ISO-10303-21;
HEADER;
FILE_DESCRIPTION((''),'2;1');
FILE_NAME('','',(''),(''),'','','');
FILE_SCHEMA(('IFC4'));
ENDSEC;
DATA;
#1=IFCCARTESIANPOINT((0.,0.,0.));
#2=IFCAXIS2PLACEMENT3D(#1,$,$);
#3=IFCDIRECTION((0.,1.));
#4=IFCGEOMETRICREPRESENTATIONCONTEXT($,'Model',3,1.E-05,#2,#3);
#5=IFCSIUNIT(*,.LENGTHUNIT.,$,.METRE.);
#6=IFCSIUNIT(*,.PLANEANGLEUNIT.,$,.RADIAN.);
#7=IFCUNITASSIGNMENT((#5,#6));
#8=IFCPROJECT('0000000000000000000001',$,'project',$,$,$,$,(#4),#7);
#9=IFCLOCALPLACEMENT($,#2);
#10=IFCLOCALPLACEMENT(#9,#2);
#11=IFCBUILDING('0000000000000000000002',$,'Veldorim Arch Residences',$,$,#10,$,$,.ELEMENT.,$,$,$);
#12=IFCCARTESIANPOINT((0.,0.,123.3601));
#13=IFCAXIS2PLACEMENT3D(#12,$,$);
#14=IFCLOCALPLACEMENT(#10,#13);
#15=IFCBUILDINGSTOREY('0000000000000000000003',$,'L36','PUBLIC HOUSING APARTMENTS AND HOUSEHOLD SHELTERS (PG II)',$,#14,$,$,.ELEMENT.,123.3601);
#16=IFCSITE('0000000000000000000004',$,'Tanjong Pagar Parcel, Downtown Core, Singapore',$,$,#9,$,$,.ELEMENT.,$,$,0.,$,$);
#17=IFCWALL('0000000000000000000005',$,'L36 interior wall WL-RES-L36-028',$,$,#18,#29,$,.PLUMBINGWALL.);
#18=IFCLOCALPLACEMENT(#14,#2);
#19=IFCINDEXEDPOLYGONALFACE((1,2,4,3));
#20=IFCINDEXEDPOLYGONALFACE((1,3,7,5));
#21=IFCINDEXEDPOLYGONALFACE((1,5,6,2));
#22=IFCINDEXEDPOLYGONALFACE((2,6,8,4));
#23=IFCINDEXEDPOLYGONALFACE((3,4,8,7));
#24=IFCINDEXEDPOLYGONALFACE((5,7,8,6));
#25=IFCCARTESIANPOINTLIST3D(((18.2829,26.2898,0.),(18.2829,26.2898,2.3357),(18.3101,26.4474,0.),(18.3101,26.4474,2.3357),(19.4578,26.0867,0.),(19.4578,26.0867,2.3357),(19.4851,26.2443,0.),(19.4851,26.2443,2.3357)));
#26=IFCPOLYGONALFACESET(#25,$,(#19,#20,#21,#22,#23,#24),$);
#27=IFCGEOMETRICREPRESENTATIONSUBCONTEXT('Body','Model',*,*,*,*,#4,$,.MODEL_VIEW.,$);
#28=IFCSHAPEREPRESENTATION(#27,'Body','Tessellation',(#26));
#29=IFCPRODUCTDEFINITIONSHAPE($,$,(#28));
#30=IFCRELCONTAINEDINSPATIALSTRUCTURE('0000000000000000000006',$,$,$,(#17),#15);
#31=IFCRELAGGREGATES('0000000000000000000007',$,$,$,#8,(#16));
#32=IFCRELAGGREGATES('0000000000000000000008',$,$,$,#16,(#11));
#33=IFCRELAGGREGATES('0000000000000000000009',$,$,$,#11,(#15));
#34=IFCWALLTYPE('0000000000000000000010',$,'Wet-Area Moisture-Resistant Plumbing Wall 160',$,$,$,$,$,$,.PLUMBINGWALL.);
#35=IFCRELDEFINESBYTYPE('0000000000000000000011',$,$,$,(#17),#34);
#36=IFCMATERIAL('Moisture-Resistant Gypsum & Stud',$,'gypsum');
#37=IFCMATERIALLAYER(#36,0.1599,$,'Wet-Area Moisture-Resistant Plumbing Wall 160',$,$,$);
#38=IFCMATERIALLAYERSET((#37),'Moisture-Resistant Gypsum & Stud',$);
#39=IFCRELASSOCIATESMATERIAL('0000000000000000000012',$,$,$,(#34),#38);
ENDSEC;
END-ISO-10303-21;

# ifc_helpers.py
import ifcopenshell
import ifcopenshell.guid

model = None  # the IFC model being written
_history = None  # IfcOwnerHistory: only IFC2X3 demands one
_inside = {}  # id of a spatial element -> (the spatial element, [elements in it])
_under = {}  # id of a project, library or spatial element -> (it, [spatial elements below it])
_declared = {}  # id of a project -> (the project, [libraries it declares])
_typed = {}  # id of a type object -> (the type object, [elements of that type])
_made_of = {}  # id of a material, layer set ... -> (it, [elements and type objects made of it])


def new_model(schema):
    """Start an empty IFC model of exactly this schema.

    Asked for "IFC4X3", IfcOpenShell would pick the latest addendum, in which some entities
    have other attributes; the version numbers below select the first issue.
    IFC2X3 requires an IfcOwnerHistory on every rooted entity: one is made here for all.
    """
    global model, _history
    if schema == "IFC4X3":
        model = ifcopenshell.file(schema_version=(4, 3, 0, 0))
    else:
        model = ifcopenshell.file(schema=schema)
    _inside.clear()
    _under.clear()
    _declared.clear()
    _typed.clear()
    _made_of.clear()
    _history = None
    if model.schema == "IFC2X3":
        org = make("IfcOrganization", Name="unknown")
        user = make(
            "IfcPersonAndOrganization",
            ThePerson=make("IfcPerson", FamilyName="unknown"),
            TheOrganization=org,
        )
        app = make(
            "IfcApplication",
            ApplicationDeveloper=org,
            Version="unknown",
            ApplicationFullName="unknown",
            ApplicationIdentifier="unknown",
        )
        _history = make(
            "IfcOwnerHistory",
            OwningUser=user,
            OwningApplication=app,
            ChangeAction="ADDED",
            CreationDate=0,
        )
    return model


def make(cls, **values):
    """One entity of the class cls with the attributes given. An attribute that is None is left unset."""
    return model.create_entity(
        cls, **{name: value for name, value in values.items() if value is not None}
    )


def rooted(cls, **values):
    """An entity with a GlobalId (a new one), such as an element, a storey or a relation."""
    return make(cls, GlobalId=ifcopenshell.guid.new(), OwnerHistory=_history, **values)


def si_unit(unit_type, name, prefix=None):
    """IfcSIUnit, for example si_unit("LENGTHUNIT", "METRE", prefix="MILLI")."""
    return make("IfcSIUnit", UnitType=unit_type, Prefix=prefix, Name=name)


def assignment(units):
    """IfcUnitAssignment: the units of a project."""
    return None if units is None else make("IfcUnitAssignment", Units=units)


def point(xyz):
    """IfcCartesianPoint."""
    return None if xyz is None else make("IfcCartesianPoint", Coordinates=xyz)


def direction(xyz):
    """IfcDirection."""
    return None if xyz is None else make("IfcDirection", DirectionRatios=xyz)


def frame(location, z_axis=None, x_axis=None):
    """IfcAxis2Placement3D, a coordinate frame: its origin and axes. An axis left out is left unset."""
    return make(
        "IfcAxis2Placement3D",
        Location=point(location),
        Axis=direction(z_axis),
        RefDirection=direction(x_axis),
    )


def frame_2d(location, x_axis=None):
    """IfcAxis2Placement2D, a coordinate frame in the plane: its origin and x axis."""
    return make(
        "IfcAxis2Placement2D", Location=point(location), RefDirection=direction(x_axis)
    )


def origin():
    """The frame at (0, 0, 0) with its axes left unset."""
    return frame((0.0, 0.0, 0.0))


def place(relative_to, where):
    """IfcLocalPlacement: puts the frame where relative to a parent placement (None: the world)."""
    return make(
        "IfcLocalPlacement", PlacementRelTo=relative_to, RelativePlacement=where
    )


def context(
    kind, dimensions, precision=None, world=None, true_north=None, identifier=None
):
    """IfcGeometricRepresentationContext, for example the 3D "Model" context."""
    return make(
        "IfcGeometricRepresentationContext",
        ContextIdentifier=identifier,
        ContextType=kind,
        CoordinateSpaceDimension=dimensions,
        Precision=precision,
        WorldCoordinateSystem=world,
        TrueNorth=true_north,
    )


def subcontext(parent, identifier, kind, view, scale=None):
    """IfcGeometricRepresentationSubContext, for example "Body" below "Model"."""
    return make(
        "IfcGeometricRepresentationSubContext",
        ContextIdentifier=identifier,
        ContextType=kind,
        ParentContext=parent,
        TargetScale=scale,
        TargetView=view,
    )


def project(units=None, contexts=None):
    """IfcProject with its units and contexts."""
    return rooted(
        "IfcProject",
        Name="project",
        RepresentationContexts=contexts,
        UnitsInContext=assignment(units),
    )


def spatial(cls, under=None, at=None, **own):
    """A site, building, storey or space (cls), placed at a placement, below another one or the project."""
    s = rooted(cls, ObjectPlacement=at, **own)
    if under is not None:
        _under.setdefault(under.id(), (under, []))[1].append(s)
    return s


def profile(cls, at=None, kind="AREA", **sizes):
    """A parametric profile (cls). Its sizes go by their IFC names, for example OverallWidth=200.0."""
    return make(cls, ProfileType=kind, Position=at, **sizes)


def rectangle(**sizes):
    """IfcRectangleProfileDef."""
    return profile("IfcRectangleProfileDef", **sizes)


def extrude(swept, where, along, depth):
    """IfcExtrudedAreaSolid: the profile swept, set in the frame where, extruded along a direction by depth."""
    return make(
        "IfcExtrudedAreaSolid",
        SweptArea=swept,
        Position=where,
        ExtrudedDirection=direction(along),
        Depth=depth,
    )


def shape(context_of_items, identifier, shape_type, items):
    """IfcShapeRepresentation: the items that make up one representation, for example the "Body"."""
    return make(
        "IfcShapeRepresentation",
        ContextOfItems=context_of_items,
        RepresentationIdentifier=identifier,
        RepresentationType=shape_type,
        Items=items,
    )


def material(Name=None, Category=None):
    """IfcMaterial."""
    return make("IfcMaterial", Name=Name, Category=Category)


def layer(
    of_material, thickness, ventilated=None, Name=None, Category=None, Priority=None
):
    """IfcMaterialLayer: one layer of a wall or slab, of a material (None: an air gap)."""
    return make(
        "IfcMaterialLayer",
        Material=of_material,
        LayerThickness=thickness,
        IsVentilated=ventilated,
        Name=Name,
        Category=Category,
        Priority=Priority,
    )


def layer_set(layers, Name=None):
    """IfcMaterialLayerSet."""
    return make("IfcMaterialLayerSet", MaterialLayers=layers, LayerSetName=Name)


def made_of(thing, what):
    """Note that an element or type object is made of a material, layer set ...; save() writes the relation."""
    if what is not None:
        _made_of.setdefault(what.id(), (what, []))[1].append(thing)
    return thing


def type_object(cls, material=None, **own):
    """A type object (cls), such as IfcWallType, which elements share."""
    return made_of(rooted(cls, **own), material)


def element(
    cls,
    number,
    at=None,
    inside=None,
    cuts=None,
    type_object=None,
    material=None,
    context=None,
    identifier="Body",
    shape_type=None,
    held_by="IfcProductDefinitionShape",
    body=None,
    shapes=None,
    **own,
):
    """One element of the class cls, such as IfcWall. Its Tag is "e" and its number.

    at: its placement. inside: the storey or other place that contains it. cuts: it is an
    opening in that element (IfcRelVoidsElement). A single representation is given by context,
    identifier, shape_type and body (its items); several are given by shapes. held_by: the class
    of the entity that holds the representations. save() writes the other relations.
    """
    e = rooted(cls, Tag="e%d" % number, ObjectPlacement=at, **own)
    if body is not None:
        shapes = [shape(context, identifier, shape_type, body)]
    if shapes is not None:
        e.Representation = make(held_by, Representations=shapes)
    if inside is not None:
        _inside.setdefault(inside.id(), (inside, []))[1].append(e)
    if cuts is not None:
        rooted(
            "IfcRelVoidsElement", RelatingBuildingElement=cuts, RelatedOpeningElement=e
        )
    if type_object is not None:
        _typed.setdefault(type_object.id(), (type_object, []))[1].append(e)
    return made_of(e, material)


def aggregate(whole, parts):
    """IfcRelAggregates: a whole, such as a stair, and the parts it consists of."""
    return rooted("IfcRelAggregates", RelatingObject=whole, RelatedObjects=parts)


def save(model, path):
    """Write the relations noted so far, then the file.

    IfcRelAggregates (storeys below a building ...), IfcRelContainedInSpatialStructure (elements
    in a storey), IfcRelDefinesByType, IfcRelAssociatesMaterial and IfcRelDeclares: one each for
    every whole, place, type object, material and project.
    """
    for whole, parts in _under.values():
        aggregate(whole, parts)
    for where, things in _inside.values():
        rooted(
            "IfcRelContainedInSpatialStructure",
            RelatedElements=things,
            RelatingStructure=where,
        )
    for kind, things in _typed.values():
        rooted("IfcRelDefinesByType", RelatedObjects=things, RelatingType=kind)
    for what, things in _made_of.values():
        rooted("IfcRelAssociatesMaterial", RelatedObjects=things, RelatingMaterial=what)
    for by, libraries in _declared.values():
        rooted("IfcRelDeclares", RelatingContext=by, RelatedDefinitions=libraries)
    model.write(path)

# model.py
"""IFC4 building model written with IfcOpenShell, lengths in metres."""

from ifc_helpers import new_model, si_unit, direction, frame, frame_2d, origin, place, context, subcontext, project, spatial, rectangle, extrude, material, layer, layer_set, type_object, element, save


model = new_model("IFC4")

# Units and contexts
model_context = context("Model", 3, precision=1e-05, world=origin(), true_north=direction((0.0, 1.0)))
body_context = subcontext(model_context, "Body", "Model", "MODEL_VIEW")
ifc_project = project(units=[si_unit("LENGTHUNIT", "METRE"), si_unit("PLANEANGLEUNIT", "RADIAN")], contexts=[model_context])

# Site, building, storey
site_placement = place(None, origin())
site = spatial("IfcSite", under=ifc_project, at=site_placement, Name="Tanjong Pagar Parcel, Downtown Core, Singapore", CompositionType="ELEMENT", RefElevation=0.0)
building_placement = place(site_placement, origin())
building = spatial("IfcBuilding", under=site, at=building_placement, Name="Veldorim Arch Residences", CompositionType="ELEMENT")
storey_placement = place(building_placement, frame((0.0, 0.0, 123.3601)))
storey = spatial("IfcBuildingStorey", under=building, at=storey_placement, Name="L36", Description="PUBLIC HOUSING APARTMENTS AND HOUSEHOLD SHELTERS (PG II)", CompositionType="ELEMENT", Elevation=123.3601)

# Shared definitions
ifc_material_1 = material(Name="Moisture-Resistant Gypsum & Stud", Category="gypsum")
ifc_layer_1 = layer(ifc_material_1, 0.1599, Name="Wet-Area Moisture-Resistant Plumbing Wall 160")
ifc_layer_set_1 = layer_set([ifc_layer_1], Name="Moisture-Resistant Gypsum & Stud")
wall_type_1 = type_object("IfcWallType", Name="Wet-Area Moisture-Resistant Plumbing Wall 160", PredefinedType="PLUMBINGWALL", material=ifc_layer_set_1)

# Wall
wall_1_placement = place(storey_placement, frame((19.4714, 26.1655, 0.0), z_axis=(0.0, 0.0, 1.0), x_axis=(-0.985386, 0.170339, 0.0)))
element("IfcWall", 1, at=wall_1_placement, inside=storey, type_object=wall_type_1, Name="L36 interior wall WL-RES-L36-028", PredefinedType="PLUMBINGWALL", context=body_context, shape_type="SweptSolid", body=[
    extrude(rectangle(XDim=1.1924, YDim=0.1599, at=frame_2d((0.5962, 0.0))), origin(), (0.0, 0.0, 1.0), 2.3357),
])

save(model, "model.ifc")
